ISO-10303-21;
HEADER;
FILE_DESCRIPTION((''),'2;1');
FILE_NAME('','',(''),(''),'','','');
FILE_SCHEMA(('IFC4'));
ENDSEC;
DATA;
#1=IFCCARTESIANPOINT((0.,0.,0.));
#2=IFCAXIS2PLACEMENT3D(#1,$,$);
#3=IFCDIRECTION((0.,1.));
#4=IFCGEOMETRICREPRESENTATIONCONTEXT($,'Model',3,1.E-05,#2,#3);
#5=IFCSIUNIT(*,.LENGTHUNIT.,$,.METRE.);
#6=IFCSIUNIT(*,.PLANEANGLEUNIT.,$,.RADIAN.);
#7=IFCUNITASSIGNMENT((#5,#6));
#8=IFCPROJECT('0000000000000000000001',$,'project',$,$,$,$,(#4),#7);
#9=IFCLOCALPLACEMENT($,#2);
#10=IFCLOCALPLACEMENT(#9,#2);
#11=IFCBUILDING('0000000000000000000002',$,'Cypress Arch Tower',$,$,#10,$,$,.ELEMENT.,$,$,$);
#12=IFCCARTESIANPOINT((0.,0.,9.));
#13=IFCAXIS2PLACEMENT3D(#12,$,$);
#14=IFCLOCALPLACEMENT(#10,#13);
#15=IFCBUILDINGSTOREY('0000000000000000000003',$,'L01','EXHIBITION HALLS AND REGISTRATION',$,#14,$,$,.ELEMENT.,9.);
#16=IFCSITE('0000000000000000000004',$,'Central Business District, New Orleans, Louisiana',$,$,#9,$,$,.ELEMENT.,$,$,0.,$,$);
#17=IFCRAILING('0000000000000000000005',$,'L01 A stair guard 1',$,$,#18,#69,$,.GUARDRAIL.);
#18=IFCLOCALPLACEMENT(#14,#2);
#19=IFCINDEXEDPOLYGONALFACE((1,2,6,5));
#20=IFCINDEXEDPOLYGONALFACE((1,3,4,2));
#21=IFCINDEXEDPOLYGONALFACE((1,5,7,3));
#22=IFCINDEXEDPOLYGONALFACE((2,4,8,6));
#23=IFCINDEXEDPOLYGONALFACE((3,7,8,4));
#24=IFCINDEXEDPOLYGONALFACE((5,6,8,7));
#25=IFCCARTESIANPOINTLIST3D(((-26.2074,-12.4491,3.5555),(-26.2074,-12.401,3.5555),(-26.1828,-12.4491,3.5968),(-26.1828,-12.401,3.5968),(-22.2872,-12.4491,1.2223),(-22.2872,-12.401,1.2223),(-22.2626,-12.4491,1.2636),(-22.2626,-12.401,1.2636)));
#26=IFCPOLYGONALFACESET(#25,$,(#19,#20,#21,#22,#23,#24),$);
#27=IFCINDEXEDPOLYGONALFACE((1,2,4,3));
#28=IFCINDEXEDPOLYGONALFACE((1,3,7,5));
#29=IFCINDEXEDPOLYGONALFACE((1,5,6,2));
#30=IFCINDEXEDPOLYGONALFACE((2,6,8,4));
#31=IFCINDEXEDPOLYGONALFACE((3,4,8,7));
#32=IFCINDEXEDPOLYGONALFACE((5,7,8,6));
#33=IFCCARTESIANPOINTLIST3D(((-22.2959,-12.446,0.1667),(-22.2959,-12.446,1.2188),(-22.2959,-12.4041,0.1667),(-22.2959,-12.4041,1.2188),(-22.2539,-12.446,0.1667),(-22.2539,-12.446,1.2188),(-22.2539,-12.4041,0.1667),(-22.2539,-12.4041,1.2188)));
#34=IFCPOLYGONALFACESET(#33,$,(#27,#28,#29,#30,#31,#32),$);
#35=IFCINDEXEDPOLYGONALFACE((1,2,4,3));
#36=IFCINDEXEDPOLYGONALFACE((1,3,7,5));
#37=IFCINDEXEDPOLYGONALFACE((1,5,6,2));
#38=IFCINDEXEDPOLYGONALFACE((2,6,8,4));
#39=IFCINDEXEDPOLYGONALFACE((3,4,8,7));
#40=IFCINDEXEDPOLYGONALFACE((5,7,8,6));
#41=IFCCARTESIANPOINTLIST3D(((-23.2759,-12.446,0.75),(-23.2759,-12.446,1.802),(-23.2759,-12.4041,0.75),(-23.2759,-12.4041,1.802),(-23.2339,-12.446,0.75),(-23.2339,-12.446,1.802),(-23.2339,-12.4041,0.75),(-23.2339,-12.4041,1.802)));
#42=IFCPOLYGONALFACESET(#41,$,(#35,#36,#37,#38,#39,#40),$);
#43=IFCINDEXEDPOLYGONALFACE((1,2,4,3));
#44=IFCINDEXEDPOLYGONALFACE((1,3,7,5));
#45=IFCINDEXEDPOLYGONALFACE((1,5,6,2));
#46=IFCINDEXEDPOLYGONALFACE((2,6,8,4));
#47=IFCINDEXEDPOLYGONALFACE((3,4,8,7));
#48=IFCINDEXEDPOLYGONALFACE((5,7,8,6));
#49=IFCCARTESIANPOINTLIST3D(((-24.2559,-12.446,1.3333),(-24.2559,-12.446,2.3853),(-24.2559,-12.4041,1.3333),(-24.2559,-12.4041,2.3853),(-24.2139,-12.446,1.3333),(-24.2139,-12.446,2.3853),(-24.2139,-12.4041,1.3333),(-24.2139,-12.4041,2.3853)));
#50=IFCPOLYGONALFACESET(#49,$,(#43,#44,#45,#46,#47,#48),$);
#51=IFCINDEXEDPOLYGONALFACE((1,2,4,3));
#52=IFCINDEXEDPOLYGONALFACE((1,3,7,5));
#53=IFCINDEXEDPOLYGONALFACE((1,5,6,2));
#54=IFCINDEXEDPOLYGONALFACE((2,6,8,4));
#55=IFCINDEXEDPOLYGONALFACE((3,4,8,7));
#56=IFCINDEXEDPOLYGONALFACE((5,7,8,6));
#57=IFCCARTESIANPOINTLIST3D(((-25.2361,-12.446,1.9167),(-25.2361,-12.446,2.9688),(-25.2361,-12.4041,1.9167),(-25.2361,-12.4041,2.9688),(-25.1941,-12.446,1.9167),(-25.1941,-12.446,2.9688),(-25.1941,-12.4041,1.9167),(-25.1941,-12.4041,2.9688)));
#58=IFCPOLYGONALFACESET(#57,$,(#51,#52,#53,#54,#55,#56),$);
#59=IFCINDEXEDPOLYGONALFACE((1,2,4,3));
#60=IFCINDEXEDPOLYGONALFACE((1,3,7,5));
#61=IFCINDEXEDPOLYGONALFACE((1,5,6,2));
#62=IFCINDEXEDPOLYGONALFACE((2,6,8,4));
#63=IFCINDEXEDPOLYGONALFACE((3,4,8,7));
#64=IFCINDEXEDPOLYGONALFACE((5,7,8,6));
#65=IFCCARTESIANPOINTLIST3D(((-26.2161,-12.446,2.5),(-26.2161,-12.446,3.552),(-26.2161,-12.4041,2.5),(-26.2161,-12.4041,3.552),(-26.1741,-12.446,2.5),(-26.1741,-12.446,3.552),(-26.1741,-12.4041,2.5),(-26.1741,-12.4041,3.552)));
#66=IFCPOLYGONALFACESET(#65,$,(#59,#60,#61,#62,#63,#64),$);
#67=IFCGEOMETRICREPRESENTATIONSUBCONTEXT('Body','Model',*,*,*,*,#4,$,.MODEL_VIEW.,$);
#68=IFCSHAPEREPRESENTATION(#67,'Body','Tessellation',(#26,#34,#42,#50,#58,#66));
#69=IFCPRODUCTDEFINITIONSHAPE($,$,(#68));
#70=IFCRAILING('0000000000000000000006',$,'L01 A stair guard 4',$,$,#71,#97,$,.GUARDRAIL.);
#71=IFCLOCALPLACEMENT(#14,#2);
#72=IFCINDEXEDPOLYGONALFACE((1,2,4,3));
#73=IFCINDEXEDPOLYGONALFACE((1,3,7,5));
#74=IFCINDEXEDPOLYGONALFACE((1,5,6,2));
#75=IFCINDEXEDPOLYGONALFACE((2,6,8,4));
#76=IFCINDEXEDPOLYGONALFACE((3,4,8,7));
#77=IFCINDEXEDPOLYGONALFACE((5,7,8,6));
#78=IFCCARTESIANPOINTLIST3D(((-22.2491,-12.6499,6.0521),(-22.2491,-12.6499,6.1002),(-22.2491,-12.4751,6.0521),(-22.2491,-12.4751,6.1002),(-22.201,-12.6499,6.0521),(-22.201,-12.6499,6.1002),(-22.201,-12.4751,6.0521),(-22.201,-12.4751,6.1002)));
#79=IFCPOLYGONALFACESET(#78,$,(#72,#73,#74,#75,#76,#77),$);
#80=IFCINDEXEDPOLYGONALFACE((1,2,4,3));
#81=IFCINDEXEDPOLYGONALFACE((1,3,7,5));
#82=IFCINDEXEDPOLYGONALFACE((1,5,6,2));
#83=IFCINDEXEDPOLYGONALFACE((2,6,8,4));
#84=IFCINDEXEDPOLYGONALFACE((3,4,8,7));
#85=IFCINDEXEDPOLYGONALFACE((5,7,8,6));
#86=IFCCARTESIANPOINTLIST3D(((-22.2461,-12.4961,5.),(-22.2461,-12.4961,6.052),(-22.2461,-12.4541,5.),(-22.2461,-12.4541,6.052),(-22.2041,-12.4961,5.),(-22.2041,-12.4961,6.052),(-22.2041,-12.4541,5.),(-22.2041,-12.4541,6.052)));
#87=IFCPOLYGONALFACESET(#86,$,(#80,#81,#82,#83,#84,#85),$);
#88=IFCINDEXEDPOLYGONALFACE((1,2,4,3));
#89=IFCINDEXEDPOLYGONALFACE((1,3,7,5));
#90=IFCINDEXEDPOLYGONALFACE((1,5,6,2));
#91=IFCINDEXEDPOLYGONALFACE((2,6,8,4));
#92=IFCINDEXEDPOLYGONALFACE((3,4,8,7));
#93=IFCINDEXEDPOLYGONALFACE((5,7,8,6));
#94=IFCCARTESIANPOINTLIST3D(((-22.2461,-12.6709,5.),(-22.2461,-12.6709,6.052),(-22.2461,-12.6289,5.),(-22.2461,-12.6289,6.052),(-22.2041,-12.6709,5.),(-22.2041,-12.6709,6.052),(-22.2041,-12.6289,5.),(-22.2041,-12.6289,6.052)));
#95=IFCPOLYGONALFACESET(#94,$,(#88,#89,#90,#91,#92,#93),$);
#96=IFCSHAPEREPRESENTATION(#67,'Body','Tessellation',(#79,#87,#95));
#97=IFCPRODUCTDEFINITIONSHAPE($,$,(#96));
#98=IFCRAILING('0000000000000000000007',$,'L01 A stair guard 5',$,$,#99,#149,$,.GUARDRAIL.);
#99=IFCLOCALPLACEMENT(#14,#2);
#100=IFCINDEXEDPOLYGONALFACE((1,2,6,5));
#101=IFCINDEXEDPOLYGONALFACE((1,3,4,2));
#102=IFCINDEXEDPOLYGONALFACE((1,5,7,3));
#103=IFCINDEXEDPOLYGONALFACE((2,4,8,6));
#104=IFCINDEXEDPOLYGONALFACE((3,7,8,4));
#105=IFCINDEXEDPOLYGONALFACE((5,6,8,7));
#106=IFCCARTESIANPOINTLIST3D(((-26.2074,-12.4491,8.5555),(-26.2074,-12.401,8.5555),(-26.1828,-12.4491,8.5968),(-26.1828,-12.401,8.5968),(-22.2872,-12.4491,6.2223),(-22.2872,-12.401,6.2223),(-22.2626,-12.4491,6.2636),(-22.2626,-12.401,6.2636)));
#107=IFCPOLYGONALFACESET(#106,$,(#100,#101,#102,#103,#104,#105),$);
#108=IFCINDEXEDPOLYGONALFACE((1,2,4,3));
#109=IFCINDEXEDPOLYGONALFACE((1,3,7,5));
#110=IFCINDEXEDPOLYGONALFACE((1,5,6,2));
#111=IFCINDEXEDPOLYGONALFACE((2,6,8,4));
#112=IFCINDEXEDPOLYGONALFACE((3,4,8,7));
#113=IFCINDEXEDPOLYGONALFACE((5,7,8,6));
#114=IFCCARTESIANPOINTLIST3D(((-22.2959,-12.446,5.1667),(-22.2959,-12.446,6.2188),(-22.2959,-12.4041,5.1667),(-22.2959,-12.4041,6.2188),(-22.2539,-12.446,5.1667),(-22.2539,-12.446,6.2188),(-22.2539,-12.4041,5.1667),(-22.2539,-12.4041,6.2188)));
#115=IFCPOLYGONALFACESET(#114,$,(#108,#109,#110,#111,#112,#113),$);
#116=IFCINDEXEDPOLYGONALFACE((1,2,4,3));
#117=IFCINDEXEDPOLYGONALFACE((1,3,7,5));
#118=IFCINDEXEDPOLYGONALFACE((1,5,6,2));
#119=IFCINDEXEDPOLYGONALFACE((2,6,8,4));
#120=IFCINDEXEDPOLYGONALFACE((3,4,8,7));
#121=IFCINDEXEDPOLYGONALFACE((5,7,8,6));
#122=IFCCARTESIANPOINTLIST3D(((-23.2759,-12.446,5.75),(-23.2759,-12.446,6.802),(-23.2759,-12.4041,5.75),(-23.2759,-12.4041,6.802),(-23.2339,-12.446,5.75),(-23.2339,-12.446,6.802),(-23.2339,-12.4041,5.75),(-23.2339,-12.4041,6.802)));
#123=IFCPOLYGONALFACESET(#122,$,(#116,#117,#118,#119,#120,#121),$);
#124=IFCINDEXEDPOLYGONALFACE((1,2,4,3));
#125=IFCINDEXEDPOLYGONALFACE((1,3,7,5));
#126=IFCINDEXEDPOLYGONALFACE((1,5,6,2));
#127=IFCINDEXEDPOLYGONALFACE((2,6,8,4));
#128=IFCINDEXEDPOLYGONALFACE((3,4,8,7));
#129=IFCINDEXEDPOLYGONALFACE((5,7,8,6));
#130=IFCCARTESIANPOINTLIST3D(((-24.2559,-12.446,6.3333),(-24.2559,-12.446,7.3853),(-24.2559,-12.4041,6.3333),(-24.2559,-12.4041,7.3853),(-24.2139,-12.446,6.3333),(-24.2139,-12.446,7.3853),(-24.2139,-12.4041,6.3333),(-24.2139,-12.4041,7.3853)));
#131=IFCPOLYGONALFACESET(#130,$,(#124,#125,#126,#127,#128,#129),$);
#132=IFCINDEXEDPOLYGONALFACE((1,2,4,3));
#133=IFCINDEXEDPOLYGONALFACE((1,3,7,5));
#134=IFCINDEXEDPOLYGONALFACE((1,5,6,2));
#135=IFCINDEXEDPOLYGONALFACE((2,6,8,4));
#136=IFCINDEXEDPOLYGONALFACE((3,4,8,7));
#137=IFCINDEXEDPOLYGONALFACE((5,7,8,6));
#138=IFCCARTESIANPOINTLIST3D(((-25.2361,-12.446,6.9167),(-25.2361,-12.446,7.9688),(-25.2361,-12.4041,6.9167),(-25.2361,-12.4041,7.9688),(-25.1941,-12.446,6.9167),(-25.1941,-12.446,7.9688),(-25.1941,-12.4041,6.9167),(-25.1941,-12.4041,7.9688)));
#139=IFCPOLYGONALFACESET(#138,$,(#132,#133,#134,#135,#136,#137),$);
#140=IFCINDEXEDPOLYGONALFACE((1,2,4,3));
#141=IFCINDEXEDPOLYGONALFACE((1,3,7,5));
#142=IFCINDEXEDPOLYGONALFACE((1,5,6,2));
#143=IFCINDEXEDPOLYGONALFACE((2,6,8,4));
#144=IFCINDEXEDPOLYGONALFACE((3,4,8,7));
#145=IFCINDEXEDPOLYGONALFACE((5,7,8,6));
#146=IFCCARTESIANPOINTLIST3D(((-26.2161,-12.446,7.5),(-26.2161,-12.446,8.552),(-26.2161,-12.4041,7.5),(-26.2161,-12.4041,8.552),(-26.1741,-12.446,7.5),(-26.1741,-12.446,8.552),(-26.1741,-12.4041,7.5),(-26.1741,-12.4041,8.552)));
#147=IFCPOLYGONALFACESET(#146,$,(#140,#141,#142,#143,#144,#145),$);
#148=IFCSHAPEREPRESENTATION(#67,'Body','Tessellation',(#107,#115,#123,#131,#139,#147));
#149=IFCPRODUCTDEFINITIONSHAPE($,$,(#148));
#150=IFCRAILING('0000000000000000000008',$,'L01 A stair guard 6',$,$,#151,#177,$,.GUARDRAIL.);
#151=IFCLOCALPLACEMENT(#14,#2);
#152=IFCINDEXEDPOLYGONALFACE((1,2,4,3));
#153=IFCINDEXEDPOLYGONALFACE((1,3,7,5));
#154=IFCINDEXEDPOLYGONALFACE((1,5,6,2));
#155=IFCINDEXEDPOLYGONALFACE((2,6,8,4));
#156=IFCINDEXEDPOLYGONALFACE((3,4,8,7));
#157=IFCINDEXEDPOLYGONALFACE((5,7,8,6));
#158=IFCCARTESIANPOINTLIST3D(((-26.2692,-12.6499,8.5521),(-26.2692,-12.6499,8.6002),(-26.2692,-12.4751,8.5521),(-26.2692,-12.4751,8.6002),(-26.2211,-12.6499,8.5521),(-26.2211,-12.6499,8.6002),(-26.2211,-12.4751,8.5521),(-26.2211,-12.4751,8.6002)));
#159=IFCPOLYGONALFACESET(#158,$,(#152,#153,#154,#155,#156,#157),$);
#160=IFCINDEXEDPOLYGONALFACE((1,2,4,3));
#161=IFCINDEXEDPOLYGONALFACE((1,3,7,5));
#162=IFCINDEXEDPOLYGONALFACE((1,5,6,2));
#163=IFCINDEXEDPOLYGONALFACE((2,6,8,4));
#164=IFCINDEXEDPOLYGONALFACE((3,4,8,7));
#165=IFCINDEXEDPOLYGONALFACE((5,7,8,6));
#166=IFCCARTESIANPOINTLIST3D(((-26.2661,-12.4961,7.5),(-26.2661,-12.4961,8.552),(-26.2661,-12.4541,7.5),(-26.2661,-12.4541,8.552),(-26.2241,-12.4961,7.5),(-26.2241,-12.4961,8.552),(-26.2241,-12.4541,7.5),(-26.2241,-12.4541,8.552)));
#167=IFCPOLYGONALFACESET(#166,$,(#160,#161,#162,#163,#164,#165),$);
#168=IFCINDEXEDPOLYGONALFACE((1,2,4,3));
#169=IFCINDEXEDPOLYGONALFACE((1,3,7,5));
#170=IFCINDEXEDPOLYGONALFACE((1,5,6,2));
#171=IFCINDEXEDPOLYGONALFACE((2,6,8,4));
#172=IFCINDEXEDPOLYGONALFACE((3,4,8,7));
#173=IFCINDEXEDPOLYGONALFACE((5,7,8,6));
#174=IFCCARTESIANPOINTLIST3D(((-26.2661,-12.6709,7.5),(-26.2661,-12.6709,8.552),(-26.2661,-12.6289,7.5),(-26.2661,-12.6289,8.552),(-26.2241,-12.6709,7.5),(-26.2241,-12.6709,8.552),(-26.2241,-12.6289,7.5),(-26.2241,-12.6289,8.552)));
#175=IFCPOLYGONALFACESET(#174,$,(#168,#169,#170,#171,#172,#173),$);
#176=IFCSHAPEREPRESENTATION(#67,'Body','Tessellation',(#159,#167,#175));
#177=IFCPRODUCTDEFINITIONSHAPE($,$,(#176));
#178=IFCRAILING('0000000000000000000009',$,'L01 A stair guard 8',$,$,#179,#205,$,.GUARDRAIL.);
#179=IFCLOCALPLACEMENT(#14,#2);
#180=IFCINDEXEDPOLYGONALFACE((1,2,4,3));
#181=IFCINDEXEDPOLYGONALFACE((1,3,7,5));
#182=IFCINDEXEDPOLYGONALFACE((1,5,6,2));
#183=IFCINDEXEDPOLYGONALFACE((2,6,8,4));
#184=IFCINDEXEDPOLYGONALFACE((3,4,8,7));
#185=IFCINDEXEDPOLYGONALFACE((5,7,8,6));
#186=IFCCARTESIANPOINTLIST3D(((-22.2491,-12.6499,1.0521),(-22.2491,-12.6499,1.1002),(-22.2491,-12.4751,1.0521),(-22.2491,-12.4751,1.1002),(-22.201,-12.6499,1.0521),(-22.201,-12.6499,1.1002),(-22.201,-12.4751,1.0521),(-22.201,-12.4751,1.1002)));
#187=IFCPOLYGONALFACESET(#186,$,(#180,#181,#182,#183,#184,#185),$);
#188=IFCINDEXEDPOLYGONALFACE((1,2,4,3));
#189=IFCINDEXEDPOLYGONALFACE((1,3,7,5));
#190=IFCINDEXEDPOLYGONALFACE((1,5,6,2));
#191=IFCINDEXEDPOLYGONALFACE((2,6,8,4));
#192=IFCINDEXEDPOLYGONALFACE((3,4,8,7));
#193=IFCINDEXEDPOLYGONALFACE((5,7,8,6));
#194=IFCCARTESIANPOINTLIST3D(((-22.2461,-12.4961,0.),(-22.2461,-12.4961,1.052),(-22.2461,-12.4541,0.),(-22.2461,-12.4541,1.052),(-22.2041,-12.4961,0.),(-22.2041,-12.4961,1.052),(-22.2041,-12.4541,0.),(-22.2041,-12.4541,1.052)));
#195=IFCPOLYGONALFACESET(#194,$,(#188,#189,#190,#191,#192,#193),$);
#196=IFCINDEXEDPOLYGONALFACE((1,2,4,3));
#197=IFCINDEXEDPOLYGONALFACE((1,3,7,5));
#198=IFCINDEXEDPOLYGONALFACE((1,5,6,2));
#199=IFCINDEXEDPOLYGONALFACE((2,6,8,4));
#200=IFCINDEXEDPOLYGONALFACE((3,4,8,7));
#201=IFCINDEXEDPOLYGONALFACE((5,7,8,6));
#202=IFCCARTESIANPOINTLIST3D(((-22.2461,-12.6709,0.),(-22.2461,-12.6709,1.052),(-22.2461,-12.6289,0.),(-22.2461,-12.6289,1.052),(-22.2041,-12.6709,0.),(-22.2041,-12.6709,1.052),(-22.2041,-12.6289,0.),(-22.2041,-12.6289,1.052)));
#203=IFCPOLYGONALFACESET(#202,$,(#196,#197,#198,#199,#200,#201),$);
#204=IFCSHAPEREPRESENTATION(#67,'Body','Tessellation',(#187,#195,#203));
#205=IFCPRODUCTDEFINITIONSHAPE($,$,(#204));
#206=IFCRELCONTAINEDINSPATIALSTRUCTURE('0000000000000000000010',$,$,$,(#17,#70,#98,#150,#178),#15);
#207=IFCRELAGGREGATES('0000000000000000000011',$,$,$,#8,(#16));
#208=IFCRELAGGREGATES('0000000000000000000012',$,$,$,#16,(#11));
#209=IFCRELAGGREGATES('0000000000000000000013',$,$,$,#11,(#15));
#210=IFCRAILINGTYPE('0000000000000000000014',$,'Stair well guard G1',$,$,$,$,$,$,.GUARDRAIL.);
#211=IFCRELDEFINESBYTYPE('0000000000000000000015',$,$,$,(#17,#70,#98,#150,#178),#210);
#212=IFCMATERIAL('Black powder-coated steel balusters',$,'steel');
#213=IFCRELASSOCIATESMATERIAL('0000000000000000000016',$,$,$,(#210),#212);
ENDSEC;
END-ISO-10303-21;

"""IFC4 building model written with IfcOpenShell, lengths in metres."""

from ifc_helpers import new_model, si_unit, direction, frame, origin, origin_2d, place, context, subcontext, project, spatial, rectangle, extrude, material, type_object, element, save


model = new_model("IFC4")

# Units and contexts
model_context = context("Model", 3, precision=1e-05, world=origin(), true_north=direction((0.0, 1.0)))
body_context = subcontext(model_context, "Body", "Model", "MODEL_VIEW")
ifc_project = project(units=[si_unit("LENGTHUNIT", "METRE"), si_unit("PLANEANGLEUNIT", "RADIAN")], contexts=[model_context])

# Site, building, storey
site_placement = place(None, origin())
site = spatial("IfcSite", under=ifc_project, at=site_placement, Name="Central Business District, New Orleans, Louisiana", CompositionType="ELEMENT", RefElevation=0.0)
building_placement = place(site_placement, origin())
building = spatial("IfcBuilding", under=site, at=building_placement, Name="Cypress Arch Tower", CompositionType="ELEMENT")
storey_placement = place(building_placement, frame((0.0, 0.0, 9.0)))
storey = spatial("IfcBuildingStorey", under=building, at=storey_placement, Name="L01", Description="EXHIBITION HALLS AND REGISTRATION", CompositionType="ELEMENT", Elevation=9.0)

# Railings
ifc_material_1 = material(Name="Black powder-coated steel balusters", Category="steel")
railing_type_1 = type_object("IfcRailingType", Name="Stair well guard G1", PredefinedType="GUARDRAIL", material=ifc_material_1)
railing_1_placement = place(storey_placement, frame((-22.2749, -12.425, 0.1667)))
element("IfcRailing", 1, at=railing_1_placement, inside=storey, type_object=railing_type_1, Name="L01 A stair guard 1", PredefinedType="GUARDRAIL", context=body_context, shape_type="SweptSolid", body=[
    extrude(rectangle(XDim=0.0481, YDim=0.0481, at=origin_2d()), frame((0.0, 0.0, 1.0762), z_axis=(-0.85931, 0.0, 0.511455), x_axis=(0.0, -1.0, 0.0)), (0.0, 0.0, 1.0), 4.562),
    extrude(rectangle(XDim=0.042, YDim=0.042, at=origin_2d()), origin(), (0.0, 0.0, 1.0), 1.052),
    extrude(rectangle(XDim=0.042, YDim=0.042, at=origin_2d()), frame((-0.98, 0.0, 0.5833)), (0.0, 0.0, 1.0), 1.052),
    extrude(rectangle(XDim=0.042, YDim=0.042, at=origin_2d()), frame((-1.96, 0.0, 1.1665)), (0.0, 0.0, 1.0), 1.052),
    extrude(rectangle(XDim=0.042, YDim=0.042, at=origin_2d()), frame((-2.9402, 0.0, 1.75)), (0.0, 0.0, 1.0), 1.052),
    extrude(rectangle(XDim=0.042, YDim=0.042, at=origin_2d()), frame((-3.9202, 0.0, 2.3333)), (0.0, 0.0, 1.0), 1.052),
])
railing_2_placement = place(storey_placement, frame((-22.2251, -12.4751, 5.0)))
element("IfcRailing", 2, at=railing_2_placement, inside=storey, type_object=railing_type_1, Name="L01 A stair guard 4", PredefinedType="GUARDRAIL", context=body_context, shape_type="SweptSolid", body=[
    extrude(rectangle(XDim=0.0481, YDim=0.0481, at=origin_2d()), frame((0.0, 0.0, 1.0762), z_axis=(0.0, -1.0, 0.0), x_axis=(1.0, 0.0, 0.0)), (0.0, 0.0, 1.0), 0.1748),
    extrude(rectangle(XDim=0.042, YDim=0.042, at=origin_2d()), origin(), (0.0, 0.0, 1.0), 1.052),
    extrude(rectangle(XDim=0.042, YDim=0.042, at=origin_2d()), frame((0.0, -0.1748, 0.0)), (0.0, 0.0, 1.0), 1.052),
])
railing_3_placement = place(storey_placement, frame((-22.2749, -12.425, 5.1667)))
element("IfcRailing", 3, at=railing_3_placement, inside=storey, type_object=railing_type_1, Name="L01 A stair guard 5", PredefinedType="GUARDRAIL", context=body_context, shape_type="SweptSolid", body=[
    extrude(rectangle(XDim=0.0481, YDim=0.0481, at=origin_2d()), frame((0.0, 0.0, 1.0762), z_axis=(-0.85931, 0.0, 0.511455), x_axis=(0.0, -1.0, 0.0)), (0.0, 0.0, 1.0), 4.562),
    extrude(rectangle(XDim=0.042, YDim=0.042, at=origin_2d()), origin(), (0.0, 0.0, 1.0), 1.052),
    extrude(rectangle(XDim=0.042, YDim=0.042, at=origin_2d()), frame((-0.98, 0.0, 0.5833)), (0.0, 0.0, 1.0), 1.052),
    extrude(rectangle(XDim=0.042, YDim=0.042, at=origin_2d()), frame((-1.96, 0.0, 1.1665)), (0.0, 0.0, 1.0), 1.052),
    extrude(rectangle(XDim=0.042, YDim=0.042, at=origin_2d()), frame((-2.9402, 0.0, 1.75)), (0.0, 0.0, 1.0), 1.052),
    extrude(rectangle(XDim=0.042, YDim=0.042, at=origin_2d()), frame((-3.9202, 0.0, 2.3333)), (0.0, 0.0, 1.0), 1.052),
])
for number, where, name in (
    (4, (-26.2451, -12.4751, 7.5), "L01 A stair guard 6"),
    (5, (-22.2251, -12.4751, 0.0), "L01 A stair guard 8"),
):
    element("IfcRailing", number, at=place(storey_placement, frame(where)), inside=storey, type_object=railing_type_1, Name=name, PredefinedType="GUARDRAIL", context=body_context, shape_type="SweptSolid", body=[
        extrude(rectangle(XDim=0.0481, YDim=0.0481, at=origin_2d()), frame((0.0, 0.0, 1.0762), z_axis=(0.0, -1.0, 0.0), x_axis=(1.0, 0.0, 0.0)), (0.0, 0.0, 1.0), 0.1748),
        extrude(rectangle(XDim=0.042, YDim=0.042, at=origin_2d()), origin(), (0.0, 0.0, 1.0), 1.052),
        extrude(rectangle(XDim=0.042, YDim=0.042, at=origin_2d()), frame((0.0, -0.1748, 0.0)), (0.0, 0.0, 1.0), 1.052),
    ])

save(model, "model.ifc")
